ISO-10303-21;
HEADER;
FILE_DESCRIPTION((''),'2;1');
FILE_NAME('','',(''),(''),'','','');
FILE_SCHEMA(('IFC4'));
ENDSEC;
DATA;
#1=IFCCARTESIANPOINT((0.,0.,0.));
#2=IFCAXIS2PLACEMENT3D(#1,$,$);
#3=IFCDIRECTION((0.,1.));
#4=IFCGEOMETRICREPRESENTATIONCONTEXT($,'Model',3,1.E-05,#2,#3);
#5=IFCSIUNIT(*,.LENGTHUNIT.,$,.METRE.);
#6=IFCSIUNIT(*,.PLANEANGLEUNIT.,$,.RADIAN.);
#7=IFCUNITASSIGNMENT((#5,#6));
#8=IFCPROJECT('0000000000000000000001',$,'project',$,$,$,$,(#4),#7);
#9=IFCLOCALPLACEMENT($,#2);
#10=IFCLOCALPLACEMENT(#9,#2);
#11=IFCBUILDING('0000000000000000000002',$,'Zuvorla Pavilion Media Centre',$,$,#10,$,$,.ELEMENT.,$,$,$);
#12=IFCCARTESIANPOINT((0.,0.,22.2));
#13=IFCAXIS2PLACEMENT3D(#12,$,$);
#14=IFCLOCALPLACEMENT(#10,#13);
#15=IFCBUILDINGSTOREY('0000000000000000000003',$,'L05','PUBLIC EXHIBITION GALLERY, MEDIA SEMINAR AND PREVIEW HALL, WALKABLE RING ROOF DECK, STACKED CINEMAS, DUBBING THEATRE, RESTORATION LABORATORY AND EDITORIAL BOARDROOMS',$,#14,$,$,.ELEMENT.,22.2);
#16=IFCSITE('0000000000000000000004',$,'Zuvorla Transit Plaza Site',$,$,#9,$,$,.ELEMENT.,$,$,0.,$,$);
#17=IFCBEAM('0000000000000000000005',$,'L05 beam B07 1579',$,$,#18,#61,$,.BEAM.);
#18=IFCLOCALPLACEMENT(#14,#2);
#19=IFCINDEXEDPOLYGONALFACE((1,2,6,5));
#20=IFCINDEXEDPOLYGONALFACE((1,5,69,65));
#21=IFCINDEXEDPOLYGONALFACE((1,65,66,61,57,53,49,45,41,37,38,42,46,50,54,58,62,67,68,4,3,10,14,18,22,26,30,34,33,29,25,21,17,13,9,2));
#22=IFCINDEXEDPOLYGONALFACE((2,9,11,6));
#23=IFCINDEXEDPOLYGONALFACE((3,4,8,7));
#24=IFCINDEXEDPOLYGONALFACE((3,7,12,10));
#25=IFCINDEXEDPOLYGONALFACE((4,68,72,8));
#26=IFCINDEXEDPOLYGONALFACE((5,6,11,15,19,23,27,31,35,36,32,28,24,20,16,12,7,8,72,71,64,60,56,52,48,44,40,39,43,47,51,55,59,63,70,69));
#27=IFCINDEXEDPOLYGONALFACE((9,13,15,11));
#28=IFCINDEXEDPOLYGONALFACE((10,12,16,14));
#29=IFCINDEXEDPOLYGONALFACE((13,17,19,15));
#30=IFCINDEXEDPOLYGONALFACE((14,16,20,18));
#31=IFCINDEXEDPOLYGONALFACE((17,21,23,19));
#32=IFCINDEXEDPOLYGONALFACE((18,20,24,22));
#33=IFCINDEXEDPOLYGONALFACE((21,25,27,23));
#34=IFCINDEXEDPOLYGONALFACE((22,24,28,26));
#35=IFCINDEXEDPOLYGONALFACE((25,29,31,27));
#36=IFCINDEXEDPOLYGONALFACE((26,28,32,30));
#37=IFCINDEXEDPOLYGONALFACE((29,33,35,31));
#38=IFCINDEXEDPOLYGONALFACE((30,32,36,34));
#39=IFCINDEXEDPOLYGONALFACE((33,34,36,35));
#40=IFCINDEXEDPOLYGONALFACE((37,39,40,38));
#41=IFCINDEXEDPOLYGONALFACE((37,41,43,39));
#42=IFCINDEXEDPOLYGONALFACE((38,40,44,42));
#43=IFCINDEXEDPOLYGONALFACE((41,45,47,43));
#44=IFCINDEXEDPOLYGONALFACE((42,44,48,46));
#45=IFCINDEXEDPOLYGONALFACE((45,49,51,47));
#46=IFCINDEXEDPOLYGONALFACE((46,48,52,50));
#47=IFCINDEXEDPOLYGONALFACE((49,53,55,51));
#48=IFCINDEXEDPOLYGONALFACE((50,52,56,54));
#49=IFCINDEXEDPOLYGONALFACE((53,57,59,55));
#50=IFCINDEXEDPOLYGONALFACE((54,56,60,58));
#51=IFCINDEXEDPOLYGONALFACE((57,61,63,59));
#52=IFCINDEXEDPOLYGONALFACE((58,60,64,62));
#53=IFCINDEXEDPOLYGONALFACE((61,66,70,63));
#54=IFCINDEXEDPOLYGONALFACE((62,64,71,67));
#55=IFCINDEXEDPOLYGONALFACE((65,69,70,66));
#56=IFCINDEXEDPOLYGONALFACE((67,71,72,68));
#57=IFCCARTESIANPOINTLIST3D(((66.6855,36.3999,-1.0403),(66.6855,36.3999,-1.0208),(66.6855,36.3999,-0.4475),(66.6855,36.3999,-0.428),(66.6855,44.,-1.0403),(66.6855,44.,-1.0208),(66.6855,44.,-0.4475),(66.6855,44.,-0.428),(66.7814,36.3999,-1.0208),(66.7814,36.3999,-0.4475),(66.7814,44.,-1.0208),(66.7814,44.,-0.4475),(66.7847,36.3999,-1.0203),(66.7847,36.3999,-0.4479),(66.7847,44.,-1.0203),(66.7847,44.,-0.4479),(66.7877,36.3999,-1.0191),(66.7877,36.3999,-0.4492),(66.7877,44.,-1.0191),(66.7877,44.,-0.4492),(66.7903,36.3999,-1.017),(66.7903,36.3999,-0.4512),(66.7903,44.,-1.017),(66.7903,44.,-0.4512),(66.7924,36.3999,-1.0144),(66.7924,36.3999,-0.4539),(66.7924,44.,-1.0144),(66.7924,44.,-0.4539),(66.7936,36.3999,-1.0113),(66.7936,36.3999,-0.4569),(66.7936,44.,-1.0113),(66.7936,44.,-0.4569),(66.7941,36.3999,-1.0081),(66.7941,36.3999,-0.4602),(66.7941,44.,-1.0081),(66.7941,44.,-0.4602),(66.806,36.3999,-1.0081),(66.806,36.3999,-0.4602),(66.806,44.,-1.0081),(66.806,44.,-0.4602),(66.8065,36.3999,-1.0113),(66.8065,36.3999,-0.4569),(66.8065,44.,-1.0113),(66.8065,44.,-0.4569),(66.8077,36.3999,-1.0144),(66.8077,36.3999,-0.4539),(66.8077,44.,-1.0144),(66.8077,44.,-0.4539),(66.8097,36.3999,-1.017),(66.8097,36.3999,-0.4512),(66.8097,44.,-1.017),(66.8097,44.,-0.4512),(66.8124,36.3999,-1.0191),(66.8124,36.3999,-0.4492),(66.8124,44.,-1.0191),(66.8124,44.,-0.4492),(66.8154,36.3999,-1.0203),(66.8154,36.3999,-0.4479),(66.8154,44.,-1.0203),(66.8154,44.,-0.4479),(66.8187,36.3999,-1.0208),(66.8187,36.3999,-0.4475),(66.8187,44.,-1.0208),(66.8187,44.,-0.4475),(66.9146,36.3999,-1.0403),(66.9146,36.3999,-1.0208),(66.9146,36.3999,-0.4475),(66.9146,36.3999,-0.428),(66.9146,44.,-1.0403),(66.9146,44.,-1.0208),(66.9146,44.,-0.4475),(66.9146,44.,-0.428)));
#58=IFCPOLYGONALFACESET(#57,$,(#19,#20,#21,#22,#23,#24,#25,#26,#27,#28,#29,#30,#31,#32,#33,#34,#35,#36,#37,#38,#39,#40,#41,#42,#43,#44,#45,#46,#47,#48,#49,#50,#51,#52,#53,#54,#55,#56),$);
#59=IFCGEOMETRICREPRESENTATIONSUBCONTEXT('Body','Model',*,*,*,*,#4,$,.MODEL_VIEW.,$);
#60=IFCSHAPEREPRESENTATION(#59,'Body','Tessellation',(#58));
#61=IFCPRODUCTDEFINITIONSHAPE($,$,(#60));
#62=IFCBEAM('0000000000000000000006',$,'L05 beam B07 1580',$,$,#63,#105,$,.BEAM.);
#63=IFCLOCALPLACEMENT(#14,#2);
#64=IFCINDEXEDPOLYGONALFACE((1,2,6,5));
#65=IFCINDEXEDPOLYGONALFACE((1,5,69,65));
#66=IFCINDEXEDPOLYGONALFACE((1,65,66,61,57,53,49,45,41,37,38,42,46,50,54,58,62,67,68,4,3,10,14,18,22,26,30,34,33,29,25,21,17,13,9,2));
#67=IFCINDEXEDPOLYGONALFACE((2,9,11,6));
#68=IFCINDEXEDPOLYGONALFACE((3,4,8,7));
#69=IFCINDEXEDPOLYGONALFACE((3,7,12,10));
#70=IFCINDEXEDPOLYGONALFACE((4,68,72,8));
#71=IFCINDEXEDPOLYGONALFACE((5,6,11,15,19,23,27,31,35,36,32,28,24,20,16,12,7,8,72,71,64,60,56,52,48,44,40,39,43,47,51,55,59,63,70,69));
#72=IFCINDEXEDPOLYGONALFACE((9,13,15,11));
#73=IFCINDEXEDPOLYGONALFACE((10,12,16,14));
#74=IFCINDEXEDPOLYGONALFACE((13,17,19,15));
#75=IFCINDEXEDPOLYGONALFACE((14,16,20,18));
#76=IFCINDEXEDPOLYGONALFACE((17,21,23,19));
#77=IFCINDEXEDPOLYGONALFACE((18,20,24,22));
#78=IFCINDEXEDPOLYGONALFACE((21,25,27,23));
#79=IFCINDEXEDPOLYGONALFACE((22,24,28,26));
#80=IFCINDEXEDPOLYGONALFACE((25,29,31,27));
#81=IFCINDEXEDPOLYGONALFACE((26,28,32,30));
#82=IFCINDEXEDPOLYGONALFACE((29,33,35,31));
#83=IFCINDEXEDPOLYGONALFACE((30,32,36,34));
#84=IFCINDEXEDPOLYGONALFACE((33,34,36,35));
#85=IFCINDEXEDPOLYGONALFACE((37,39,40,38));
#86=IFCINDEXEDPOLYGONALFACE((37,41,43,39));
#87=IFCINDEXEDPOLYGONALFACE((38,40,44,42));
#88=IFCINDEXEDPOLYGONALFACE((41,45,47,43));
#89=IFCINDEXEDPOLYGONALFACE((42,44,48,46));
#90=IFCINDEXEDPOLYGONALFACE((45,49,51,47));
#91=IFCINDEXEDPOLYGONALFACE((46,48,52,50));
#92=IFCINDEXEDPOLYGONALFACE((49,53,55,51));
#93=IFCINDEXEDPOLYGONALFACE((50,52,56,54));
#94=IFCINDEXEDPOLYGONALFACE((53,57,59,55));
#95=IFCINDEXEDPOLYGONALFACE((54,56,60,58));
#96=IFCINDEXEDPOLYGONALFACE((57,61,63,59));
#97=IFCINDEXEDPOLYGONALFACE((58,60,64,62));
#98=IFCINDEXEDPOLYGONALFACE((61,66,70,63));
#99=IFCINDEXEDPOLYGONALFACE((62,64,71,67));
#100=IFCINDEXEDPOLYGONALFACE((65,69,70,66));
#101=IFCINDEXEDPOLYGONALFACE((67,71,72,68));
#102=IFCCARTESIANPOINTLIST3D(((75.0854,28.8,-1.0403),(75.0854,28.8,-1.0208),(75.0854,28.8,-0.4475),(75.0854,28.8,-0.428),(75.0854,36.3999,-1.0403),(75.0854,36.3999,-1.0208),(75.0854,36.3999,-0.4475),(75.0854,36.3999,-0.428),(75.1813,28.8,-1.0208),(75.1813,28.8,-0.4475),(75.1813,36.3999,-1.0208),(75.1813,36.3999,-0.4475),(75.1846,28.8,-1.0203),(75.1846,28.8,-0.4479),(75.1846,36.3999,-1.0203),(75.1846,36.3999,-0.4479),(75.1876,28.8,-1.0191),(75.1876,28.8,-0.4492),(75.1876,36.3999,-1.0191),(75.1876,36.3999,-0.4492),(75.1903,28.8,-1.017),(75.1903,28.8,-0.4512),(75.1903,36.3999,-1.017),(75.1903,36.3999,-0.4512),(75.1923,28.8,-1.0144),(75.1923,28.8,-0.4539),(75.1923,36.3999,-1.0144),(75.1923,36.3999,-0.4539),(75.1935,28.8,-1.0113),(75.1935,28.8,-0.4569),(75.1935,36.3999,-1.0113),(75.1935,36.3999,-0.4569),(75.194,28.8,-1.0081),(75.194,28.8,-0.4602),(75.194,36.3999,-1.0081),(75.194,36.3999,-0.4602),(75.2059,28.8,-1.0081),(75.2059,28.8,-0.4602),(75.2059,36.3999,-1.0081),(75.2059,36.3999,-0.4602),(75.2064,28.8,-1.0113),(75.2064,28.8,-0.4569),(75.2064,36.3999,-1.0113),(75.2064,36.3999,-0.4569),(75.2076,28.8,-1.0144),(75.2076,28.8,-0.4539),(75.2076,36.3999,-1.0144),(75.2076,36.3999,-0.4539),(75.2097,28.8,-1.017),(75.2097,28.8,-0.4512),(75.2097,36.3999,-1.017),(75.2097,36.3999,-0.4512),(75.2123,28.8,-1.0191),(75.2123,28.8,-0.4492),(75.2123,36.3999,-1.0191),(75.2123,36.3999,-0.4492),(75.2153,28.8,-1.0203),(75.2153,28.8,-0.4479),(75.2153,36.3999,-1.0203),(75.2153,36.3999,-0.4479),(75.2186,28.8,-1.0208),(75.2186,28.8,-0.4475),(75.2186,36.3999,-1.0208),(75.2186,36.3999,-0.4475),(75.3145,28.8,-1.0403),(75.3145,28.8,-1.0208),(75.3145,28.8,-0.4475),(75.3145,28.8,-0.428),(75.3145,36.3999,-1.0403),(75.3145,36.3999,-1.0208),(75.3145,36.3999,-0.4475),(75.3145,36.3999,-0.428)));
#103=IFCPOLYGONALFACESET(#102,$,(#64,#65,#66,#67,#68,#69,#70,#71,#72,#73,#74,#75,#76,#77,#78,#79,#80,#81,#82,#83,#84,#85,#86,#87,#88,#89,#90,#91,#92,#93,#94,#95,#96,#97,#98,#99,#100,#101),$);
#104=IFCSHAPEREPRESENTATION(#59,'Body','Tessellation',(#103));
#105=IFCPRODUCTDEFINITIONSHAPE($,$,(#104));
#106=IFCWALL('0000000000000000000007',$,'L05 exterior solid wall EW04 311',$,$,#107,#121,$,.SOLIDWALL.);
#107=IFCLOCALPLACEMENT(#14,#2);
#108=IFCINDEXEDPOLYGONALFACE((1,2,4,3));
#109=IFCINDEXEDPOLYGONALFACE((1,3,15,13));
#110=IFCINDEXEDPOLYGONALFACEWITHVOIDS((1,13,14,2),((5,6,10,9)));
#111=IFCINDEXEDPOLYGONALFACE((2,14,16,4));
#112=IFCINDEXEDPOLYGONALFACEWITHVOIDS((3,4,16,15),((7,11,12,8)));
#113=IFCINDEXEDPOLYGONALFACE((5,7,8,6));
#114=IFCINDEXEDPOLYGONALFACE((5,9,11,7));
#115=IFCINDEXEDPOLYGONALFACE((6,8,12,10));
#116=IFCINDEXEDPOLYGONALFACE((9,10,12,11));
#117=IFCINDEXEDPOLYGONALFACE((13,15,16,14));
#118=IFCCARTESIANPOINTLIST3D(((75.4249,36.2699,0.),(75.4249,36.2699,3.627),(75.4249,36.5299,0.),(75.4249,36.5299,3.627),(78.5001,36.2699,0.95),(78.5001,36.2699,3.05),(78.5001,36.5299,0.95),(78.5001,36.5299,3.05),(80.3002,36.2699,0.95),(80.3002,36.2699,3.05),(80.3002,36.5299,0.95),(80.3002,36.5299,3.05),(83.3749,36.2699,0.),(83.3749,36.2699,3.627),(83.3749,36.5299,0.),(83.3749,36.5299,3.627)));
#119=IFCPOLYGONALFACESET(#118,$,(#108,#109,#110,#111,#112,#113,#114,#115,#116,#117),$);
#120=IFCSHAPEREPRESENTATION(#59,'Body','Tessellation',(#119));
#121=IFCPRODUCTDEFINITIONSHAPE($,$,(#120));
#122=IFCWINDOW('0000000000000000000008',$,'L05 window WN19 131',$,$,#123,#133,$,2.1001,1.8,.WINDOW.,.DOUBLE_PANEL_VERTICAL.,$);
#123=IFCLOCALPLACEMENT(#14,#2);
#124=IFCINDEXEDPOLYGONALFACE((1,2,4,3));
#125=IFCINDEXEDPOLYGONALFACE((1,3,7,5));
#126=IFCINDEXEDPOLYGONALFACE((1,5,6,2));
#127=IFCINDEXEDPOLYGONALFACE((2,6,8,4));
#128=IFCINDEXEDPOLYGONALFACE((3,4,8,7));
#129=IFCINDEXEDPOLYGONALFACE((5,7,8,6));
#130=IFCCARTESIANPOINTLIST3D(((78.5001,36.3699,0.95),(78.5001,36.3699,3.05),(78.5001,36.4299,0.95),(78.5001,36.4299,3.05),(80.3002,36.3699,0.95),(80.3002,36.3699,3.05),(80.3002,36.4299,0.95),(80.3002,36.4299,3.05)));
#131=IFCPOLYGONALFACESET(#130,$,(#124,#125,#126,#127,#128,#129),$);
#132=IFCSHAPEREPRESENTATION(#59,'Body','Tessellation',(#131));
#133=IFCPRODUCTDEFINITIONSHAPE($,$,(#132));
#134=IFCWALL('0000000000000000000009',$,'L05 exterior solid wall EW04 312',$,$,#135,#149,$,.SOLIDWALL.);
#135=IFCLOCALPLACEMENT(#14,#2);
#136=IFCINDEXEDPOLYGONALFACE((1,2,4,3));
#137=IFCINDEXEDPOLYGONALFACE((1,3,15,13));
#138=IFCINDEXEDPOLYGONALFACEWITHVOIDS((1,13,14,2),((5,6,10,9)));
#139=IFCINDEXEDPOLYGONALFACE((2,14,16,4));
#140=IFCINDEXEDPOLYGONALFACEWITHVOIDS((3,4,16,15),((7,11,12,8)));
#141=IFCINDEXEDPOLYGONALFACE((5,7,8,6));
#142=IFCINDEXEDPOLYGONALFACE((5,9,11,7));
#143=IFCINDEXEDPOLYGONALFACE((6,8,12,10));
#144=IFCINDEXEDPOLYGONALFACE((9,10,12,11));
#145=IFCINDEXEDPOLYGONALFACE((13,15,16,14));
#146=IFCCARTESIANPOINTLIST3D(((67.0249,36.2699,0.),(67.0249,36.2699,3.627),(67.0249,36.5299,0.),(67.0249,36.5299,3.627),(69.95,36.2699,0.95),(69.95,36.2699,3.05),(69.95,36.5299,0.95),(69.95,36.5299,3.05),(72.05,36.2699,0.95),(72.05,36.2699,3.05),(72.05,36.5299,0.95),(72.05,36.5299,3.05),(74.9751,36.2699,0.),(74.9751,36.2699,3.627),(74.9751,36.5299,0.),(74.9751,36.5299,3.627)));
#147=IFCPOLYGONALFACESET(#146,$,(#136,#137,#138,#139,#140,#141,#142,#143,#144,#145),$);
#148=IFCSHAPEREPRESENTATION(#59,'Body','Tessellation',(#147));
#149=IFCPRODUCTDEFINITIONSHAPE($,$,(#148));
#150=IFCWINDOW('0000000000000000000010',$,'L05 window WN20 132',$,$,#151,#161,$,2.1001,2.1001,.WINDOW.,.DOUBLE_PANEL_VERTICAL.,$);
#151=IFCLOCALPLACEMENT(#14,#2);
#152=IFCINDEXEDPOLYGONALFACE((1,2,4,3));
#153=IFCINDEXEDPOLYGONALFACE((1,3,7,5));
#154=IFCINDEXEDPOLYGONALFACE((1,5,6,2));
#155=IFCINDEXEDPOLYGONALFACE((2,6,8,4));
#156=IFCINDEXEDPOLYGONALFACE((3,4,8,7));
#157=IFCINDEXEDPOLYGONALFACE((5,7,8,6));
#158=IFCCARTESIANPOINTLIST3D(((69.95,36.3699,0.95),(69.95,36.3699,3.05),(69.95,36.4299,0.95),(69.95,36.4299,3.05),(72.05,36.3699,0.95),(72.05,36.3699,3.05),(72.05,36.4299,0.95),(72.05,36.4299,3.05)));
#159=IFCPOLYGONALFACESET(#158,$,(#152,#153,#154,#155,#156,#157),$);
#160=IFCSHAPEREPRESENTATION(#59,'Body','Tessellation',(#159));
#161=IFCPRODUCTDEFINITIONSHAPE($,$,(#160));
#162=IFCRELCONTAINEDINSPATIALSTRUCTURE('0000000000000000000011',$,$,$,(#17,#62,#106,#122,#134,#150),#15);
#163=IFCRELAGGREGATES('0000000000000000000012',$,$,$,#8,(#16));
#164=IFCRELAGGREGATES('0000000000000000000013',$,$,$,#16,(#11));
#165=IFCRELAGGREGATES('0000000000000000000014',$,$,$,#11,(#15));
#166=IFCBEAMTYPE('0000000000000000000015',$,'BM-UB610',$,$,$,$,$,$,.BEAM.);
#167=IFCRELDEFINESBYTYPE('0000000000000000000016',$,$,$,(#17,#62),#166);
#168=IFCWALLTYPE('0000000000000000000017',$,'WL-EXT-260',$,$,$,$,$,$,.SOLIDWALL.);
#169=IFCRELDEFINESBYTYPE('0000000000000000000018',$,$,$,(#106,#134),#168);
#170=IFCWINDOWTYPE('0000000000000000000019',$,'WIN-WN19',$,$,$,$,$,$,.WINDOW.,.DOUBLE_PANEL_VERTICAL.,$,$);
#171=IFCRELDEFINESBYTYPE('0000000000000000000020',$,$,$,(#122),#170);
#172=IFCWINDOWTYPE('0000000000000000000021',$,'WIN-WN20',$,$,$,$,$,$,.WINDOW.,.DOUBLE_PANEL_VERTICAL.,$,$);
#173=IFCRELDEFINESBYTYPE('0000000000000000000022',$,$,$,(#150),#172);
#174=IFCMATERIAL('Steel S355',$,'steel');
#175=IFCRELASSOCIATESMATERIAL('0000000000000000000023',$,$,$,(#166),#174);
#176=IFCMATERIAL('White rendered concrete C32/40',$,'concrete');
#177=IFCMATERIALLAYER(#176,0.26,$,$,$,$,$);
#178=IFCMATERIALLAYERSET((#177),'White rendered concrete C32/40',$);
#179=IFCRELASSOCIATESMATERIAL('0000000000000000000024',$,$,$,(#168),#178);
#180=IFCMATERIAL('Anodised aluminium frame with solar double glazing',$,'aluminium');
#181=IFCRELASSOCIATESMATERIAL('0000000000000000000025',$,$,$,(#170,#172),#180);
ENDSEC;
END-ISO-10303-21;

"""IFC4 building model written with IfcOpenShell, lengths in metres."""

from ifc_helpers import new_model, si_unit, direction, frame, frame_2d, origin, origin_2d, place, context, subcontext, project, spatial, rectangle, i_section, extrude, material, layer, layer_set, material_profile, profile_set, type_object, element, fill, save


model = new_model("IFC4")

# Units and contexts
model_context = context("Model", 3, precision=1e-05, world=origin(), true_north=direction((0.0, 1.0)))
body_context = subcontext(model_context, "Body", "Model", "MODEL_VIEW")
ifc_project = project(units=[si_unit("LENGTHUNIT", "METRE"), si_unit("PLANEANGLEUNIT", "RADIAN")], contexts=[model_context])

# Site, building, storey
site_placement = place(None, origin())
site = spatial("IfcSite", under=ifc_project, at=site_placement, Name="Zuvorla Transit Plaza Site", CompositionType="ELEMENT", RefElevation=0.0)
building_placement = place(site_placement, origin())
building = spatial("IfcBuilding", under=site, at=building_placement, Name="Zuvorla Pavilion Media Centre", CompositionType="ELEMENT")
storey_placement = place(building_placement, frame((0.0, 0.0, 22.2)))
storey = spatial("IfcBuildingStorey", under=building, at=storey_placement, Name="L05", Description="PUBLIC EXHIBITION GALLERY, MEDIA SEMINAR AND PREVIEW HALL, WALKABLE RING ROOF DECK, STACKED CINEMAS, DUBBING THEATRE, RESTORATION LABORATORY AND EDITORIAL BOARDROOMS", CompositionType="ELEMENT", Elevation=22.2)

# Beams
ifc_material_1 = material(Name="Steel S355", Category="steel")
ifc_material_profile_1 = material_profile(ifc_material_1, i_section(OverallWidth=0.229, OverallDepth=0.6123, WebThickness=0.012, FlangeThickness=0.0195, FilletRadius=0.0127, at=origin_2d()), Name="UB 610x229x125")
ifc_profile_set_1 = profile_set([ifc_material_profile_1], Name="Steel S355")
beam_type_1 = type_object("IfcBeamType", Name="BM-UB610", PredefinedType="BEAM", material=ifc_profile_set_1)
beam_1_placement = place(storey_placement, frame((66.8, 36.3999, -0.7341), z_axis=(0.0, 1.0, 0.0), x_axis=(-1.0, 0.0, 0.0)))
element("IfcBeam", 1, at=beam_1_placement, inside=storey, type_object=beam_type_1, Name="L05 beam B07 1579", PredefinedType="BEAM", context=body_context, shape_type="SweptSolid", body=[
    extrude(i_section(OverallWidth=0.229, OverallDepth=0.6123, WebThickness=0.012, FlangeThickness=0.0195, FilletRadius=0.0127, at=origin_2d()), origin(), (0.0, 0.0, 1.0), 7.6001),
])
beam_2_placement = place(storey_placement, frame((75.2, 28.8, -0.7341), z_axis=(0.0, 1.0, 0.0), x_axis=(-1.0, 0.0, 0.0)))
element("IfcBeam", 2, at=beam_2_placement, inside=storey, type_object=beam_type_1, Name="L05 beam B07 1580", PredefinedType="BEAM", context=body_context, shape_type="SweptSolid", body=[
    extrude(i_section(OverallWidth=0.229, OverallDepth=0.6123, WebThickness=0.012, FlangeThickness=0.0195, FilletRadius=0.0127, at=origin_2d()), origin(), (0.0, 0.0, 1.0), 7.5999),
])

# Walls, openings, windows
ifc_material_2 = material(Name="White rendered concrete C32/40", Category="concrete")
ifc_layer = layer(ifc_material_2, 0.26)
ifc_layer_set = layer_set([ifc_layer], Name="White rendered concrete C32/40")
wall_type = type_object("IfcWallType", Name="WL-EXT-260", PredefinedType="SOLIDWALL", material=ifc_layer_set)
wall_1_placement = place(storey_placement, frame((83.375, 36.3999, 0.0), z_axis=(0.0, 0.0, 1.0), x_axis=(-1.0, 0.0, 0.0)))
wall_1 = element("IfcWall", 3, at=wall_1_placement, inside=storey, type_object=wall_type, Name="L05 exterior solid wall EW04 311", PredefinedType="SOLIDWALL", context=body_context, shape_type="SweptSolid", body=[
    extrude(rectangle(XDim=7.95, YDim=0.26, at=frame_2d((3.9751, 0.0))), origin(), (0.0, 0.0, 1.0), 3.627),
])
opening_1_placement = place(wall_1_placement, frame((3.075, 0.0, 0.95)))
opening_1 = element("IfcOpeningElement", 4, at=opening_1_placement, cuts=wall_1, PredefinedType="OPENING", context=body_context, shape_type="SweptSolid", body=[
    extrude(rectangle(XDim=1.8, YDim=2.1001, at=frame_2d((0.8999, 1.05))), frame((0.0, 0.1399, 0.0), z_axis=(0.0, -1.0, 0.0), x_axis=(1.0, 0.0, 0.0)), (0.0, 0.0, 1.0), 0.28),
])
ifc_material_3 = material(Name="Anodised aluminium frame with solar double glazing", Category="aluminium")
window_type_1 = type_object("IfcWindowType", Name="WIN-WN19", PartitioningType="DOUBLE_PANEL_VERTICAL", PredefinedType="WINDOW", material=ifc_material_3)
window_1_placement = place(opening_1_placement, origin())
window_1 = element("IfcWindow", 5, at=window_1_placement, inside=storey, type_object=window_type_1, Name="L05 window WN19 131", OverallHeight=2.1001, OverallWidth=1.8, PartitioningType="DOUBLE_PANEL_VERTICAL", PredefinedType="WINDOW", context=body_context, shape_type="SweptSolid", body=[
    extrude(rectangle(XDim=1.8, YDim=2.1001, at=frame_2d((0.8999, 1.05))), frame((0.0, 0.03, 0.0), z_axis=(0.0, -1.0, 0.0), x_axis=(1.0, 0.0, 0.0)), (0.0, 0.0, 1.0), 0.0601),
])
fill(opening_1, window_1)
wall_2_placement = place(storey_placement, frame((74.9751, 36.3999, 0.0), z_axis=(0.0, 0.0, 1.0), x_axis=(-1.0, 0.0, 0.0)))
wall_2 = element("IfcWall", 6, at=wall_2_placement, inside=storey, type_object=wall_type, Name="L05 exterior solid wall EW04 312", PredefinedType="SOLIDWALL", context=body_context, shape_type="SweptSolid", body=[
    extrude(rectangle(XDim=7.9502, YDim=0.26, at=frame_2d((3.9751, 0.0))), origin(), (0.0, 0.0, 1.0), 3.627),
])
opening_2_placement = place(wall_2_placement, frame((2.925, 0.0, 0.95)))
opening_2 = element("IfcOpeningElement", 7, at=opening_2_placement, cuts=wall_2, PredefinedType="OPENING", context=body_context, shape_type="SweptSolid", body=[
    extrude(rectangle(XDim=2.1001, YDim=2.1001, at=frame_2d((1.05, 1.05))), frame((0.0, 0.1399, 0.0), z_axis=(0.0, -1.0, 0.0), x_axis=(1.0, 0.0, 0.0)), (0.0, 0.0, 1.0), 0.28),
])
window_type_2 = type_object("IfcWindowType", Name="WIN-WN20", PartitioningType="DOUBLE_PANEL_VERTICAL", PredefinedType="WINDOW", material=ifc_material_3)
window_2_placement = place(opening_2_placement, origin())
window_2 = element("IfcWindow", 8, at=window_2_placement, inside=storey, type_object=window_type_2, Name="L05 window WN20 132", OverallHeight=2.1001, OverallWidth=2.1001, PartitioningType="DOUBLE_PANEL_VERTICAL", PredefinedType="WINDOW", context=body_context, shape_type="SweptSolid", body=[
    extrude(rectangle(XDim=2.1001, YDim=2.1001, at=frame_2d((1.05, 1.05))), frame((0.0, 0.03, 0.0), z_axis=(0.0, -1.0, 0.0), x_axis=(1.0, 0.0, 0.0)), (0.0, 0.0, 1.0), 0.0601),
])
fill(opening_2, window_2)

save(model, "model.ifc")
